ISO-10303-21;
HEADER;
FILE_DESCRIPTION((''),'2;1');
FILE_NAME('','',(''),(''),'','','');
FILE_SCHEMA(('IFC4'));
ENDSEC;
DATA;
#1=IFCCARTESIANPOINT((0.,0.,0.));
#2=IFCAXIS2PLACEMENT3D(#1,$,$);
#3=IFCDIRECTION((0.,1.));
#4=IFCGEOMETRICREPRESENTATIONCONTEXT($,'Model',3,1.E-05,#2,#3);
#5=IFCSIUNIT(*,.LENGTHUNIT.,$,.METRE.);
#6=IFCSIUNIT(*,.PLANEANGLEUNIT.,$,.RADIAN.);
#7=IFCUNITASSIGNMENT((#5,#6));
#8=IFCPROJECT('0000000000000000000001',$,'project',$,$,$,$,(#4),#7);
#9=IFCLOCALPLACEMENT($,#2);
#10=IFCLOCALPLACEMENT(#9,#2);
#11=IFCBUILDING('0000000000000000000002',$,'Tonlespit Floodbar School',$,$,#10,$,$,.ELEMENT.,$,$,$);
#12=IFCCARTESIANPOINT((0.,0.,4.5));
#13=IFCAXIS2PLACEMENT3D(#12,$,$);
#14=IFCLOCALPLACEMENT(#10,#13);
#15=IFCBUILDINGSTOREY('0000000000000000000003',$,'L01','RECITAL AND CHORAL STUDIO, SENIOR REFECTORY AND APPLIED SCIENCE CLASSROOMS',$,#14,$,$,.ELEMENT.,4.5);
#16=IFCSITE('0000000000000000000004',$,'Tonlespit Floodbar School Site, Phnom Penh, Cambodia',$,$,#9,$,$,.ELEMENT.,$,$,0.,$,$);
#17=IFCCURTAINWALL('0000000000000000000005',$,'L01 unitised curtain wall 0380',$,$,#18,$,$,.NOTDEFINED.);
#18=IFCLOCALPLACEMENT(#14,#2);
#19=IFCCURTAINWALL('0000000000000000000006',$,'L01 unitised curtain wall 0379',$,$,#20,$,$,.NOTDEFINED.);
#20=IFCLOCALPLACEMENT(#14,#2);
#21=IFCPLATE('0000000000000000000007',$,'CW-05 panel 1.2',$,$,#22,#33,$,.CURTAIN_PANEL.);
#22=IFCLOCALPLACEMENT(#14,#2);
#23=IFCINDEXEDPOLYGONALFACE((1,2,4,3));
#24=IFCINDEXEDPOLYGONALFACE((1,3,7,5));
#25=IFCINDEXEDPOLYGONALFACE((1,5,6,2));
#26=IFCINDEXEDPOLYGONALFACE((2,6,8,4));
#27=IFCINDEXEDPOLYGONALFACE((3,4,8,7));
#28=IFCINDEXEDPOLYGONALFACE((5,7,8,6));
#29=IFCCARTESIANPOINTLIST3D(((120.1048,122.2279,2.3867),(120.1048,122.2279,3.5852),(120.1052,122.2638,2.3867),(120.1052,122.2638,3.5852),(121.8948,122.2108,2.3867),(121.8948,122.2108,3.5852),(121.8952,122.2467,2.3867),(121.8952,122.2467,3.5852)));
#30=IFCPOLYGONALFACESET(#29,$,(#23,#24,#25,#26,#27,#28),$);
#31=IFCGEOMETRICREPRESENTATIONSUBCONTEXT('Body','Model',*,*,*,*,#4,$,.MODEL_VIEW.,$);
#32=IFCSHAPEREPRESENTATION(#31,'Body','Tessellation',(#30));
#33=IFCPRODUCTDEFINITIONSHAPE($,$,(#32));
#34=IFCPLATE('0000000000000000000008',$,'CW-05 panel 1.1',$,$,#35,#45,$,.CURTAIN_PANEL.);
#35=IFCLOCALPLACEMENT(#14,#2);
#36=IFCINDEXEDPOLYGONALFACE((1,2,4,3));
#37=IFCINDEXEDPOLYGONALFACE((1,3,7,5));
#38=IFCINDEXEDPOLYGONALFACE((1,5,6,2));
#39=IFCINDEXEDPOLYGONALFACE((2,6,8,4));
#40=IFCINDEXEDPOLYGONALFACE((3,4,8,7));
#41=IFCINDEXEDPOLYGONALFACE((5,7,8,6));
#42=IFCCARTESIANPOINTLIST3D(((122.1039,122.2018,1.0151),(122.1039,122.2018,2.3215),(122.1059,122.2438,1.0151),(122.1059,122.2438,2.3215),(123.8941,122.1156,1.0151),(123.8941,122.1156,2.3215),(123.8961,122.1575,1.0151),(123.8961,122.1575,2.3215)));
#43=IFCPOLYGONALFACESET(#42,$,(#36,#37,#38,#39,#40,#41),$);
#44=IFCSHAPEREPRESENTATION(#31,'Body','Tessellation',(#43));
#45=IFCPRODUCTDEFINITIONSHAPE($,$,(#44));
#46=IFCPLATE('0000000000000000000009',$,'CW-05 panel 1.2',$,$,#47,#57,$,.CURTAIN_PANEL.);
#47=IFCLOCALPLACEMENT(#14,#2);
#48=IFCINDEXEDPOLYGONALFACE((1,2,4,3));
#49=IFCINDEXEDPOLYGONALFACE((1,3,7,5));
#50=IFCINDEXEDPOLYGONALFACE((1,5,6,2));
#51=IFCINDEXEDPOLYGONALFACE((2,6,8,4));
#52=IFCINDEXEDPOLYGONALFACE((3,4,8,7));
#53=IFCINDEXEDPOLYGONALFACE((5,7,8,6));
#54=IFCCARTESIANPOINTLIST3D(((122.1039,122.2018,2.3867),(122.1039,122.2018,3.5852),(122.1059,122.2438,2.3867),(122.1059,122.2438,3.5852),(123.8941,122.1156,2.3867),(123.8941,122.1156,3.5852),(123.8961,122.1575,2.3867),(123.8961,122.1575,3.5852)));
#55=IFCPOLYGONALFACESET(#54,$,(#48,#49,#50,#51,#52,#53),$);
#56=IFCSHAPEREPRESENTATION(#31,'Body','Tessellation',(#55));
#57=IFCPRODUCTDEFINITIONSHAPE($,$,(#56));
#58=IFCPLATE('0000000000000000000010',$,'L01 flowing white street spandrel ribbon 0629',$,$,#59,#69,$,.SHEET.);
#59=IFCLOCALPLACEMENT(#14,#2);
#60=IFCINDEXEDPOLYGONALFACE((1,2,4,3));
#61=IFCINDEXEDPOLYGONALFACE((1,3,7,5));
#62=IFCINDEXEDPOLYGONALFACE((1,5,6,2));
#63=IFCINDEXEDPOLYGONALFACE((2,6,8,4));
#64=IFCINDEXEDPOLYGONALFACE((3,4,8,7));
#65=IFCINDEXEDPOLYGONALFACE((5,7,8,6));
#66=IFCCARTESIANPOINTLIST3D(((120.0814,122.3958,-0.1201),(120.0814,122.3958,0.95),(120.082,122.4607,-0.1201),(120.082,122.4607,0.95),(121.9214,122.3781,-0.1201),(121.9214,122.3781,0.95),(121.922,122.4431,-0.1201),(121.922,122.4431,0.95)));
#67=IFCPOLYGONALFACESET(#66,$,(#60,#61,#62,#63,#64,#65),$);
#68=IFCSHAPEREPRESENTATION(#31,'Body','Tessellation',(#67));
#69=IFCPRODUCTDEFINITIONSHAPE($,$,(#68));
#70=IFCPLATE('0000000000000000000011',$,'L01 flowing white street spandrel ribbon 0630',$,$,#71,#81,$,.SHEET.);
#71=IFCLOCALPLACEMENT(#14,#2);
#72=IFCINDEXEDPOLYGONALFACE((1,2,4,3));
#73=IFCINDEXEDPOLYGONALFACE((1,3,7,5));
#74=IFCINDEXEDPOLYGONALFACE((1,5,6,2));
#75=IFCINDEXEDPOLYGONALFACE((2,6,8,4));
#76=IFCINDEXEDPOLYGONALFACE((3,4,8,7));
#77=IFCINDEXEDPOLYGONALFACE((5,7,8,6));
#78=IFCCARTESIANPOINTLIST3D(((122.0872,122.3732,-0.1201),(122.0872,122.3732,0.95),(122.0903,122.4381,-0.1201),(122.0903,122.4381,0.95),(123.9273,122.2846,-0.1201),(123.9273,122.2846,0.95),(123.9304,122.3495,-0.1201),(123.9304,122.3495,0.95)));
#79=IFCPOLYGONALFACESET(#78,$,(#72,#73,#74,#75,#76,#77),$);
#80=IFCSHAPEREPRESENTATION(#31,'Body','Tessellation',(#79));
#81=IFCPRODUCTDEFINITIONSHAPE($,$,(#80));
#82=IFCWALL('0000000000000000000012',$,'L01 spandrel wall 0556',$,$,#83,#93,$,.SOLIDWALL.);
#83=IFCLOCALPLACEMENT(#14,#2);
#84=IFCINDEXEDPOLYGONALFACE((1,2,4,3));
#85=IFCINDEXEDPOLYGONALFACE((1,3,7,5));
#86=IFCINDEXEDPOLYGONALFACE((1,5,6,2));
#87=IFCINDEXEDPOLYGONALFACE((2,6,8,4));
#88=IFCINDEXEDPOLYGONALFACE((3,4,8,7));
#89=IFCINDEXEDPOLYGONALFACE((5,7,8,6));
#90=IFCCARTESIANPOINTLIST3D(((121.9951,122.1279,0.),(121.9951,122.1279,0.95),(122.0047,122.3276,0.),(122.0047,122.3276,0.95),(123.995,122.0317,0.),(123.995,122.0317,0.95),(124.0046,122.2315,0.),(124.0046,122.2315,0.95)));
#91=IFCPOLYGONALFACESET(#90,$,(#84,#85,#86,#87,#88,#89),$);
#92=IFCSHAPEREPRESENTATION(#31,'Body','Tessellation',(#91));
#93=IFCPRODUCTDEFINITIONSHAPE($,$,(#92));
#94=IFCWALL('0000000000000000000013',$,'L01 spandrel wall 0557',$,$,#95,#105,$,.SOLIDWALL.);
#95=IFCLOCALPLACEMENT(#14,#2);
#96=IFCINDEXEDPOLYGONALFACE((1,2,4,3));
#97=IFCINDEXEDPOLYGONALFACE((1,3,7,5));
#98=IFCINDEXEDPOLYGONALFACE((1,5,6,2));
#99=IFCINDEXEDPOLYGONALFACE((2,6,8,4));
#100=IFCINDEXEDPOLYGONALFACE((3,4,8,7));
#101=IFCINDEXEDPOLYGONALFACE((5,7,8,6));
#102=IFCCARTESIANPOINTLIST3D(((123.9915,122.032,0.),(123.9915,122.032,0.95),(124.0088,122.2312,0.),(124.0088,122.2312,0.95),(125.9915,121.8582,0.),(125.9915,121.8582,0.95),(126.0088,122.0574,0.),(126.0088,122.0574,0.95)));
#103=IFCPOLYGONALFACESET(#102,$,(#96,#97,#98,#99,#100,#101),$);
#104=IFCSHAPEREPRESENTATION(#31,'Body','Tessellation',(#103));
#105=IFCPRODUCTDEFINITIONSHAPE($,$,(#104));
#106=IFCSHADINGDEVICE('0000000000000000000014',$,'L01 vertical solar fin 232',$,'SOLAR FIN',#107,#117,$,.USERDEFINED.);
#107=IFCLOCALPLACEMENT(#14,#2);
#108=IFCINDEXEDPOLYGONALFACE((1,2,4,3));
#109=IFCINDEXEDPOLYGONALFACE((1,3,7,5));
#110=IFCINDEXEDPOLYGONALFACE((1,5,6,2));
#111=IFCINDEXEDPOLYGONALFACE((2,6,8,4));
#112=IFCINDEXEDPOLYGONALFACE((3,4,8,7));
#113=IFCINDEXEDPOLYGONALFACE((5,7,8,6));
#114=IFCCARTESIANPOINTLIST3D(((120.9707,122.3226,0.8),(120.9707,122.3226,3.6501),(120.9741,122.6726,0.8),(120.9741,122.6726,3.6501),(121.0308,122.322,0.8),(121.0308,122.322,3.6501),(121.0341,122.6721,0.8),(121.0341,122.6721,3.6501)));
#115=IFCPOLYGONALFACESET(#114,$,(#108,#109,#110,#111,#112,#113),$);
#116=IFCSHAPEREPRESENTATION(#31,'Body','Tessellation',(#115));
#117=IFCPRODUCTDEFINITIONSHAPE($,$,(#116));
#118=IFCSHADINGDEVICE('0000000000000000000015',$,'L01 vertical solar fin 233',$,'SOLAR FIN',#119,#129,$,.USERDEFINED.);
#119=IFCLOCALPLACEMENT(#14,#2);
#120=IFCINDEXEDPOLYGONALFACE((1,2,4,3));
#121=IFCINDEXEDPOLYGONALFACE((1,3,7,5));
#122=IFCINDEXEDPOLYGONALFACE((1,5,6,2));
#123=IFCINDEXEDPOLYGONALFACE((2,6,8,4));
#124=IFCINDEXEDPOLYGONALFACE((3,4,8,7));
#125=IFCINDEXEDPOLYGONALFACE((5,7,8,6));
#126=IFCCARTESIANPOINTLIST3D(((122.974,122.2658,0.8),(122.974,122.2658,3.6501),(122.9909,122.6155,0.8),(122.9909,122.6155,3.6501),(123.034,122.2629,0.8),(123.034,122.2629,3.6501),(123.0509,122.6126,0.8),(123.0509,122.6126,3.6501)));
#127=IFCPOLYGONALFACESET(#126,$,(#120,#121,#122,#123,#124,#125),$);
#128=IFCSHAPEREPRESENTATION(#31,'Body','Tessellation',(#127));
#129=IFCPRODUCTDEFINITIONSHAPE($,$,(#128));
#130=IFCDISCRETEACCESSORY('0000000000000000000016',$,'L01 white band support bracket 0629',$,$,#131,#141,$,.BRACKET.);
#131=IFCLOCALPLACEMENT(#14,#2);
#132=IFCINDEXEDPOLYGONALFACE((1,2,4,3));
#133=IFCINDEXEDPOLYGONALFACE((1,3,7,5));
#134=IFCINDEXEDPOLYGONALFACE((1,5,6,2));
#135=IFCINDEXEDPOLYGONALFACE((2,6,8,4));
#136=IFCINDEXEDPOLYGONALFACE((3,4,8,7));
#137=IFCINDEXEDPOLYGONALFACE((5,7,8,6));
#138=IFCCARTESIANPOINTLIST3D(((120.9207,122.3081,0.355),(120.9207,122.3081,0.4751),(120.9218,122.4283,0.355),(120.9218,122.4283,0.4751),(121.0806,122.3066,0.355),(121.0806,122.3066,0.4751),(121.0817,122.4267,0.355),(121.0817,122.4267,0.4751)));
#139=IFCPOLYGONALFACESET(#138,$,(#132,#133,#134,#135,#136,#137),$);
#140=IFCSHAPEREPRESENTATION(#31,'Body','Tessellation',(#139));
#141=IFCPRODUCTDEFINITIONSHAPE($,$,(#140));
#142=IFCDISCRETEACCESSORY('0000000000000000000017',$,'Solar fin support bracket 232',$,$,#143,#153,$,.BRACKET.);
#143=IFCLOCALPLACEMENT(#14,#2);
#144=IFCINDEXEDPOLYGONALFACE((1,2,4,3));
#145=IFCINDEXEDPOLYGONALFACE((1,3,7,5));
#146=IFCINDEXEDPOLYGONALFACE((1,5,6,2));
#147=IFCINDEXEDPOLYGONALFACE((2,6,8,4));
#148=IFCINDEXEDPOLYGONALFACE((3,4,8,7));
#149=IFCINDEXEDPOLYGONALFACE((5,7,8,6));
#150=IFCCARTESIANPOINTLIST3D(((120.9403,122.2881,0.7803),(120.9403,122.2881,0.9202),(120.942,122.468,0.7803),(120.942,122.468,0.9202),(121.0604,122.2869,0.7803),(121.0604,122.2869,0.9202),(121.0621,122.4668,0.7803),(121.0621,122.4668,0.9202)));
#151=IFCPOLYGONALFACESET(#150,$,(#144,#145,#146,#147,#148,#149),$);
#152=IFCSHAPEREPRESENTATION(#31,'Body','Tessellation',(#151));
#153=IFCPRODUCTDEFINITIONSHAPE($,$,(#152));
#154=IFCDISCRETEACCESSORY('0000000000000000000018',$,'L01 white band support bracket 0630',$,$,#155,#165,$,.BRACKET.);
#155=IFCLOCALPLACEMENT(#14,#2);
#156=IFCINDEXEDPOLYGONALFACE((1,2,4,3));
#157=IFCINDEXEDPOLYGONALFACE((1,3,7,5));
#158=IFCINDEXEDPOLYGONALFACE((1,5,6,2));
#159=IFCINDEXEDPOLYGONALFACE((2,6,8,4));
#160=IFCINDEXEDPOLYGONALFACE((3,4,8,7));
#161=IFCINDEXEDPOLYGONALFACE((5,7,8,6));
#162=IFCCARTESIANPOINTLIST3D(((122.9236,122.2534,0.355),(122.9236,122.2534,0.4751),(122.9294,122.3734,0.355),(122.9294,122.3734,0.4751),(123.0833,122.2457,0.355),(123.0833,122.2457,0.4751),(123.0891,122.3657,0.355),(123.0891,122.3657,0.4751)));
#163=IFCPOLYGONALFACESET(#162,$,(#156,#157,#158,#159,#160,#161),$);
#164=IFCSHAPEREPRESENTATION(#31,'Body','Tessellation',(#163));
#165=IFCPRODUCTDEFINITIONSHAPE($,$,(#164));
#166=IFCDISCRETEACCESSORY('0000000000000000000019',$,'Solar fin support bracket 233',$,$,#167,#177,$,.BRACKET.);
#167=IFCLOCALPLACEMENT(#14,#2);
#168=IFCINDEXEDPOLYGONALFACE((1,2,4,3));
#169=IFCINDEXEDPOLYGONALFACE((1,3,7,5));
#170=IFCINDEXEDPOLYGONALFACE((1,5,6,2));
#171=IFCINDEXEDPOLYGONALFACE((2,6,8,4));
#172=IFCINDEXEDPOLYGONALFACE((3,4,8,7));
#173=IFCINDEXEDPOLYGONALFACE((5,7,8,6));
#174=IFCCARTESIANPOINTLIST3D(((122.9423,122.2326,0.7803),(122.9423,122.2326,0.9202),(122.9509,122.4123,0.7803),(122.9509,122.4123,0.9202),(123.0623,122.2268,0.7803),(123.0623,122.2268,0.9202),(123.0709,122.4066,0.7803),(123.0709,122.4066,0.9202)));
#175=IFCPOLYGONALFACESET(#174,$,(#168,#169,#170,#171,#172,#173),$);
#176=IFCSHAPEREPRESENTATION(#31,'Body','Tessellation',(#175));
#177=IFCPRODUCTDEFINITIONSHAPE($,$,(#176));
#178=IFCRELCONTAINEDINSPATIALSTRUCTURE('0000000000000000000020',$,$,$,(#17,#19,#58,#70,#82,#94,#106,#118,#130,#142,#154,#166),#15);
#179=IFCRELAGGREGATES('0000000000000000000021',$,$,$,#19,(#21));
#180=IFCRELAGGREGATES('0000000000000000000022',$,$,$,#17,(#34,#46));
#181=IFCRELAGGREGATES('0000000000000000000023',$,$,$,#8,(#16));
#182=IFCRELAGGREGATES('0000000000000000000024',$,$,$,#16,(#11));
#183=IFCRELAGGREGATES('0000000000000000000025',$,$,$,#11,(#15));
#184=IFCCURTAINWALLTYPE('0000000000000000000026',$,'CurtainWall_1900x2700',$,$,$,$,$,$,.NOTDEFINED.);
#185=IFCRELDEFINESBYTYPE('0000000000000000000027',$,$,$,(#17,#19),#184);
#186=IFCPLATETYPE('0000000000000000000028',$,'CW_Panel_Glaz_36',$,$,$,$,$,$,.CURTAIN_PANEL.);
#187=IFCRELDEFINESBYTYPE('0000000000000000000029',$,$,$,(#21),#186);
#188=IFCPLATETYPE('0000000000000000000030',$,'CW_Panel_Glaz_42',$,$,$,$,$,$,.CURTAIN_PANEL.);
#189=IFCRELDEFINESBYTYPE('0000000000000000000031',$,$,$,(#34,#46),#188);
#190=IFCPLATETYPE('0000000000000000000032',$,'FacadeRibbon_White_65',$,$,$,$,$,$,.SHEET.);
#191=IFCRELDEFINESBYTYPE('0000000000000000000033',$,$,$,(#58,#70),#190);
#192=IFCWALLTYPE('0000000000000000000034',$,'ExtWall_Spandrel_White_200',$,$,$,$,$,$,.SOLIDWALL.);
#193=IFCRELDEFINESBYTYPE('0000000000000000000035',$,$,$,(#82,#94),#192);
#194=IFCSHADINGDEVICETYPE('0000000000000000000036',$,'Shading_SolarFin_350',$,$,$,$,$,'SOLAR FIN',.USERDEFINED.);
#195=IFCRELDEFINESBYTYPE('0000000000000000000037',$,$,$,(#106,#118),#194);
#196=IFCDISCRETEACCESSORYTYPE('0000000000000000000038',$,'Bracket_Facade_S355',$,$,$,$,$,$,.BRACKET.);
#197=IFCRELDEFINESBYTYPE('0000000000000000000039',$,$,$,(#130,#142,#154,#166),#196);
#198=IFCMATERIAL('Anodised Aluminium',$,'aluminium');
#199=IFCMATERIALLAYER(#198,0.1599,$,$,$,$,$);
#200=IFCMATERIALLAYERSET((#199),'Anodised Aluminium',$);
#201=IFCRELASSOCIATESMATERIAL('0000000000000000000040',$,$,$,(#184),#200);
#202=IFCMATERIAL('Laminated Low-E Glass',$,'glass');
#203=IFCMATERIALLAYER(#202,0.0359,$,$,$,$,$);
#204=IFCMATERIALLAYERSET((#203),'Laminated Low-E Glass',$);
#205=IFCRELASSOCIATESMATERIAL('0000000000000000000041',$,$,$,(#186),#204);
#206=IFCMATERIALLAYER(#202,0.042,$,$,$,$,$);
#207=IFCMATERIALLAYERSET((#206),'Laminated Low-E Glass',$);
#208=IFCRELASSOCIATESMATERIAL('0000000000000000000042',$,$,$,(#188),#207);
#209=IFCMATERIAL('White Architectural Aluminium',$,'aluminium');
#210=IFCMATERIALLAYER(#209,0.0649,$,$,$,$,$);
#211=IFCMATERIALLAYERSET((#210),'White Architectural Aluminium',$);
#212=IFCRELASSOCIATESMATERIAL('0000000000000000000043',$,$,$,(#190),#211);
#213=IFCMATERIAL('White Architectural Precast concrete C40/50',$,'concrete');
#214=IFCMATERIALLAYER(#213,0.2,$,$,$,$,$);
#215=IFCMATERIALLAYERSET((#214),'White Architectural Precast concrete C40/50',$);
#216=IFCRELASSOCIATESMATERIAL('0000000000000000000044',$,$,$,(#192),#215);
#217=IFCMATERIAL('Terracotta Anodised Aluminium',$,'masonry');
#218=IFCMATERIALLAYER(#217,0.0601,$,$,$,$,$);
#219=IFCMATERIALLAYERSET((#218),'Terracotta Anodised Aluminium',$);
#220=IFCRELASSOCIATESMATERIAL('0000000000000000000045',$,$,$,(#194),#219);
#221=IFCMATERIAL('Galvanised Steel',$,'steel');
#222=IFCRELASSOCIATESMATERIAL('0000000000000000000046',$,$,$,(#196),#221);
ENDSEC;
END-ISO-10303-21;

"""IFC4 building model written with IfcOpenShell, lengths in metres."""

from ifc_helpers import new_model, si_unit, direction, frame, frame_2d, origin, origin_2d, place, context, subcontext, project, spatial, rectangle, extrude, material, layer, layer_set, type_object, element, aggregate, save


model = new_model("IFC4")

# Units and contexts
model_context = context("Model", 3, precision=1e-05, world=origin(), true_north=direction((0.0, 1.0)))
body_context = subcontext(model_context, "Body", "Model", "MODEL_VIEW")
ifc_project = project(units=[si_unit("LENGTHUNIT", "METRE"), si_unit("PLANEANGLEUNIT", "RADIAN")], contexts=[model_context])

# Site, building, storey
site_placement = place(None, origin())
site = spatial("IfcSite", under=ifc_project, at=site_placement, Name="Tonlespit Floodbar School Site, Phnom Penh, Cambodia", CompositionType="ELEMENT", RefElevation=0.0)
building_placement = place(site_placement, origin())
building = spatial("IfcBuilding", under=site, at=building_placement, Name="Tonlespit Floodbar School", CompositionType="ELEMENT")
storey_placement = place(building_placement, frame((0.0, 0.0, 4.5)))
storey = spatial("IfcBuildingStorey", under=building, at=storey_placement, Name="L01", Description="RECITAL AND CHORAL STUDIO, SENIOR REFECTORY AND APPLIED SCIENCE CLASSROOMS", CompositionType="ELEMENT", Elevation=4.5)

# Curtain wall
ifc_material_1 = material(Name="Anodised Aluminium", Category="aluminium")
ifc_layer_1 = layer(ifc_material_1, 0.1599)
ifc_layer_set_1 = layer_set([ifc_layer_1], Name="Anodised Aluminium")
curtain_wall_type_1 = type_object("IfcCurtainWallType", Name="CurtainWall_1900x2700", PredefinedType="NOTDEFINED", material=ifc_layer_set_1)
curtain_wall_1_placement = place(storey_placement, origin())
curtain_wall_1 = element("IfcCurtainWall", 1, at=curtain_wall_1_placement, inside=storey, type_object=curtain_wall_type_1, Name="L01 unitised curtain wall 0380", PredefinedType="NOTDEFINED")

# Curtain wall
curtain_wall_2_placement = place(storey_placement, origin())
curtain_wall_2 = element("IfcCurtainWall", 2, at=curtain_wall_2_placement, inside=storey, type_object=curtain_wall_type_1, Name="L01 unitised curtain wall 0379", PredefinedType="NOTDEFINED")

# Plates
ifc_material_2 = material(Name="Laminated Low-E Glass", Category="glass")
ifc_layer_2 = layer(ifc_material_2, 0.0359)
ifc_layer_set_2 = layer_set([ifc_layer_2], Name="Laminated Low-E Glass")
plate_type_1 = type_object("IfcPlateType", Name="CW_Panel_Glaz_36", PredefinedType="CURTAIN_PANEL", material=ifc_layer_set_2)
plate_1_placement = place(storey_placement, frame((121.0, 122.2373, 2.3867), z_axis=(0.0, 0.0, 1.0), x_axis=(0.999954, -0.009583, 0.0)))
plate_1 = element("IfcPlate", 3, at=plate_1_placement, type_object=plate_type_1, Name="CW-05 panel 1.2", PredefinedType="CURTAIN_PANEL", context=body_context, shape_type="SweptSolid", body=[
    extrude(rectangle(XDim=1.79, YDim=0.0359, at=origin_2d()), origin(), (0.0, 0.0, 1.0), 1.1985),
])
aggregate(curtain_wall_2, [plate_1])
ifc_layer_3 = layer(ifc_material_2, 0.042)
ifc_layer_set_3 = layer_set([ifc_layer_3], Name="Laminated Low-E Glass")
plate_type_2 = type_object("IfcPlateType", Name="CW_Panel_Glaz_42", PredefinedType="CURTAIN_PANEL", material=ifc_layer_set_3)
plate_2_placement = place(storey_placement, frame((123.0, 122.1797, 1.0151), z_axis=(0.0, 0.0, 1.0), x_axis=(0.998842, -0.048121, 0.0)))
plate_2 = element("IfcPlate", 4, at=plate_2_placement, type_object=plate_type_2, Name="CW-05 panel 1.1", PredefinedType="CURTAIN_PANEL", context=body_context, shape_type="SweptSolid", body=[
    extrude(rectangle(XDim=1.7922, YDim=0.042, at=origin_2d()), origin(), (0.0, 0.0, 1.0), 1.3064),
])
plate_3_placement = place(storey_placement, frame((123.0, 122.1797, 2.3867), z_axis=(0.0, 0.0, 1.0), x_axis=(0.998842, -0.048121, 0.0)))
plate_3 = element("IfcPlate", 5, at=plate_3_placement, type_object=plate_type_2, Name="CW-05 panel 1.2", PredefinedType="CURTAIN_PANEL", context=body_context, shape_type="SweptSolid", body=[
    extrude(rectangle(XDim=1.7922, YDim=0.042, at=origin_2d()), origin(), (0.0, 0.0, 1.0), 1.1985),
])
aggregate(curtain_wall_1, [plate_2, plate_3])

# Plates
ifc_material_3 = material(Name="White Architectural Aluminium", Category="aluminium")
ifc_layer_4 = layer(ifc_material_3, 0.0649)
ifc_layer_set_4 = layer_set([ifc_layer_4], Name="White Architectural Aluminium")
plate_type_3 = type_object("IfcPlateType", Name="FacadeRibbon_White_65", PredefinedType="SHEET", material=ifc_layer_set_4)
plate_4_placement = place(storey_placement, frame((121.0017, 122.4194, -0.1201), z_axis=(0.0, 0.0, 1.0), x_axis=(0.999954, -0.009599, 0.0)))
element("IfcPlate", 6, at=plate_4_placement, inside=storey, type_object=plate_type_3, Name="L01 flowing white street spandrel ribbon 0629", PredefinedType="SHEET", context=body_context, shape_type="SweptSolid", body=[
    extrude(rectangle(XDim=1.8401, YDim=0.0649, at=origin_2d()), origin(), (0.0, 0.0, 1.0), 1.0701),
])
plate_5_placement = place(storey_placement, frame((123.0088, 122.3613, -0.1201), z_axis=(0.0, 0.0, 1.0), x_axis=(0.998843, -0.048095, 0.0)))
element("IfcPlate", 7, at=plate_5_placement, inside=storey, type_object=plate_type_3, Name="L01 flowing white street spandrel ribbon 0630", PredefinedType="SHEET", context=body_context, shape_type="SweptSolid", body=[
    extrude(rectangle(XDim=1.8423, YDim=0.0649, at=origin_2d()), origin(), (0.0, 0.0, 1.0), 1.0701),
])

# Walls
ifc_material_4 = material(Name="White Architectural Precast concrete C40/50", Category="concrete")
ifc_layer_5 = layer(ifc_material_4, 0.2)
ifc_layer_set_5 = layer_set([ifc_layer_5], Name="White Architectural Precast concrete C40/50")
wall_type = type_object("IfcWallType", Name="ExtWall_Spandrel_White_200", PredefinedType="SOLIDWALL", material=ifc_layer_set_5)
wall_1_placement = place(storey_placement, frame((122.0, 122.2278, 0.0), z_axis=(0.0, 0.0, 1.0), x_axis=(0.998845, -0.04804, 0.0)))
element("IfcWall", 8, at=wall_1_placement, inside=storey, type_object=wall_type, Name="L01 spandrel wall 0556", PredefinedType="SOLIDWALL", context=body_context, shape_type="SweptSolid", body=[
    extrude(rectangle(XDim=2.0022, YDim=0.2, at=frame_2d((1.001, 0.0))), origin(), (0.0, 0.0, 1.0), 0.95),
])
wall_2_placement = place(storey_placement, frame((124.0, 122.1316, 0.0), z_axis=(0.0, 0.0, 1.0), x_axis=(0.996244, -0.086588, 0.0)))
element("IfcWall", 9, at=wall_2_placement, inside=storey, type_object=wall_type, Name="L01 spandrel wall 0557", PredefinedType="SOLIDWALL", context=body_context, shape_type="SweptSolid", body=[
    extrude(rectangle(XDim=2.0076, YDim=0.2, at=frame_2d((1.0039, 0.0))), origin(), (0.0, 0.0, 1.0), 0.95),
])

# Shading devices
ifc_material_5 = material(Name="Terracotta Anodised Aluminium", Category="masonry")
ifc_layer_6 = layer(ifc_material_5, 0.0601)
ifc_layer_set_6 = layer_set([ifc_layer_6], Name="Terracotta Anodised Aluminium")
shading_device_type = type_object("IfcShadingDeviceType", Name="Shading_SolarFin_350", ElementType="SOLAR FIN", PredefinedType="USERDEFINED", material=ifc_layer_set_6)
for number, where, z_axis, x_axis, name in (
    (10, (121.0024, 122.4973, 0.8), (0.0, 0.0, 1.0), (0.999954, -0.009599, 0.0), "L01 vertical solar fin 232"),
    (11, (123.0125, 122.4392, 0.8), (0.0, 0.0, 1.0), (0.998843, -0.048095, 0.0), "L01 vertical solar fin 233"),
):
    element("IfcShadingDevice", number, at=place(storey_placement, frame(where, z_axis=z_axis, x_axis=x_axis)), inside=storey, type_object=shading_device_type, Name=name, ObjectType="SOLAR FIN", PredefinedType="USERDEFINED", context=body_context, shape_type="SweptSolid", body=[
        extrude(rectangle(XDim=0.0601, YDim=0.3501, at=origin_2d()), origin(), (0.0, 0.0, 1.0), 2.8501),
    ])

# Discrete accessories
ifc_material_6 = material(Name="Galvanised Steel", Category="steel")
discrete_accessory_type = type_object("IfcDiscreteAccessoryType", Name="Bracket_Facade_S355", PredefinedType="BRACKET", material=ifc_material_6)
discrete_accessory_1_placement = place(storey_placement, frame((121.0012, 122.3674, 0.355), z_axis=(0.0, 0.0, 1.0), x_axis=(0.999954, -0.009599, 0.0)))
element("IfcDiscreteAccessory", 12, at=discrete_accessory_1_placement, inside=storey, type_object=discrete_accessory_type, Name="L01 white band support bracket 0629", PredefinedType="BRACKET", context=body_context, shape_type="SweptSolid", body=[
    extrude(rectangle(XDim=0.1599, YDim=0.1201, at=origin_2d()), origin(), (0.0, 0.0, 1.0), 0.1201),
])
discrete_accessory_2_placement = place(storey_placement, frame((121.0012, 122.3774, 0.7803), z_axis=(0.0, 0.0, 1.0), x_axis=(0.999954, -0.009599, 0.0)))
element("IfcDiscreteAccessory", 13, at=discrete_accessory_2_placement, inside=storey, type_object=discrete_accessory_type, Name="Solar fin support bracket 232", PredefinedType="BRACKET", context=body_context, shape_type="SweptSolid", body=[
    extrude(rectangle(XDim=0.1201, YDim=0.1799, at=origin_2d()), origin(), (0.0, 0.0, 1.0), 0.1399),
])
discrete_accessory_3_placement = place(storey_placement, frame((123.0063, 122.3096, 0.355), z_axis=(0.0, 0.0, 1.0), x_axis=(0.998843, -0.048095, 0.0)))
element("IfcDiscreteAccessory", 14, at=discrete_accessory_3_placement, inside=storey, type_object=discrete_accessory_type, Name="L01 white band support bracket 0630", PredefinedType="BRACKET", context=body_context, shape_type="SweptSolid", body=[
    extrude(rectangle(XDim=0.1599, YDim=0.1201, at=origin_2d()), origin(), (0.0, 0.0, 1.0), 0.1201),
])
discrete_accessory_4_placement = place(storey_placement, frame((123.0066, 122.3196, 0.7803), z_axis=(0.0, 0.0, 1.0), x_axis=(0.998843, -0.048095, 0.0)))
element("IfcDiscreteAccessory", 15, at=discrete_accessory_4_placement, inside=storey, type_object=discrete_accessory_type, Name="Solar fin support bracket 233", PredefinedType="BRACKET", context=body_context, shape_type="SweptSolid", body=[
    extrude(rectangle(XDim=0.1201, YDim=0.1799, at=origin_2d()), origin(), (0.0, 0.0, 1.0), 0.1399),
])

save(model, "model.ifc")
